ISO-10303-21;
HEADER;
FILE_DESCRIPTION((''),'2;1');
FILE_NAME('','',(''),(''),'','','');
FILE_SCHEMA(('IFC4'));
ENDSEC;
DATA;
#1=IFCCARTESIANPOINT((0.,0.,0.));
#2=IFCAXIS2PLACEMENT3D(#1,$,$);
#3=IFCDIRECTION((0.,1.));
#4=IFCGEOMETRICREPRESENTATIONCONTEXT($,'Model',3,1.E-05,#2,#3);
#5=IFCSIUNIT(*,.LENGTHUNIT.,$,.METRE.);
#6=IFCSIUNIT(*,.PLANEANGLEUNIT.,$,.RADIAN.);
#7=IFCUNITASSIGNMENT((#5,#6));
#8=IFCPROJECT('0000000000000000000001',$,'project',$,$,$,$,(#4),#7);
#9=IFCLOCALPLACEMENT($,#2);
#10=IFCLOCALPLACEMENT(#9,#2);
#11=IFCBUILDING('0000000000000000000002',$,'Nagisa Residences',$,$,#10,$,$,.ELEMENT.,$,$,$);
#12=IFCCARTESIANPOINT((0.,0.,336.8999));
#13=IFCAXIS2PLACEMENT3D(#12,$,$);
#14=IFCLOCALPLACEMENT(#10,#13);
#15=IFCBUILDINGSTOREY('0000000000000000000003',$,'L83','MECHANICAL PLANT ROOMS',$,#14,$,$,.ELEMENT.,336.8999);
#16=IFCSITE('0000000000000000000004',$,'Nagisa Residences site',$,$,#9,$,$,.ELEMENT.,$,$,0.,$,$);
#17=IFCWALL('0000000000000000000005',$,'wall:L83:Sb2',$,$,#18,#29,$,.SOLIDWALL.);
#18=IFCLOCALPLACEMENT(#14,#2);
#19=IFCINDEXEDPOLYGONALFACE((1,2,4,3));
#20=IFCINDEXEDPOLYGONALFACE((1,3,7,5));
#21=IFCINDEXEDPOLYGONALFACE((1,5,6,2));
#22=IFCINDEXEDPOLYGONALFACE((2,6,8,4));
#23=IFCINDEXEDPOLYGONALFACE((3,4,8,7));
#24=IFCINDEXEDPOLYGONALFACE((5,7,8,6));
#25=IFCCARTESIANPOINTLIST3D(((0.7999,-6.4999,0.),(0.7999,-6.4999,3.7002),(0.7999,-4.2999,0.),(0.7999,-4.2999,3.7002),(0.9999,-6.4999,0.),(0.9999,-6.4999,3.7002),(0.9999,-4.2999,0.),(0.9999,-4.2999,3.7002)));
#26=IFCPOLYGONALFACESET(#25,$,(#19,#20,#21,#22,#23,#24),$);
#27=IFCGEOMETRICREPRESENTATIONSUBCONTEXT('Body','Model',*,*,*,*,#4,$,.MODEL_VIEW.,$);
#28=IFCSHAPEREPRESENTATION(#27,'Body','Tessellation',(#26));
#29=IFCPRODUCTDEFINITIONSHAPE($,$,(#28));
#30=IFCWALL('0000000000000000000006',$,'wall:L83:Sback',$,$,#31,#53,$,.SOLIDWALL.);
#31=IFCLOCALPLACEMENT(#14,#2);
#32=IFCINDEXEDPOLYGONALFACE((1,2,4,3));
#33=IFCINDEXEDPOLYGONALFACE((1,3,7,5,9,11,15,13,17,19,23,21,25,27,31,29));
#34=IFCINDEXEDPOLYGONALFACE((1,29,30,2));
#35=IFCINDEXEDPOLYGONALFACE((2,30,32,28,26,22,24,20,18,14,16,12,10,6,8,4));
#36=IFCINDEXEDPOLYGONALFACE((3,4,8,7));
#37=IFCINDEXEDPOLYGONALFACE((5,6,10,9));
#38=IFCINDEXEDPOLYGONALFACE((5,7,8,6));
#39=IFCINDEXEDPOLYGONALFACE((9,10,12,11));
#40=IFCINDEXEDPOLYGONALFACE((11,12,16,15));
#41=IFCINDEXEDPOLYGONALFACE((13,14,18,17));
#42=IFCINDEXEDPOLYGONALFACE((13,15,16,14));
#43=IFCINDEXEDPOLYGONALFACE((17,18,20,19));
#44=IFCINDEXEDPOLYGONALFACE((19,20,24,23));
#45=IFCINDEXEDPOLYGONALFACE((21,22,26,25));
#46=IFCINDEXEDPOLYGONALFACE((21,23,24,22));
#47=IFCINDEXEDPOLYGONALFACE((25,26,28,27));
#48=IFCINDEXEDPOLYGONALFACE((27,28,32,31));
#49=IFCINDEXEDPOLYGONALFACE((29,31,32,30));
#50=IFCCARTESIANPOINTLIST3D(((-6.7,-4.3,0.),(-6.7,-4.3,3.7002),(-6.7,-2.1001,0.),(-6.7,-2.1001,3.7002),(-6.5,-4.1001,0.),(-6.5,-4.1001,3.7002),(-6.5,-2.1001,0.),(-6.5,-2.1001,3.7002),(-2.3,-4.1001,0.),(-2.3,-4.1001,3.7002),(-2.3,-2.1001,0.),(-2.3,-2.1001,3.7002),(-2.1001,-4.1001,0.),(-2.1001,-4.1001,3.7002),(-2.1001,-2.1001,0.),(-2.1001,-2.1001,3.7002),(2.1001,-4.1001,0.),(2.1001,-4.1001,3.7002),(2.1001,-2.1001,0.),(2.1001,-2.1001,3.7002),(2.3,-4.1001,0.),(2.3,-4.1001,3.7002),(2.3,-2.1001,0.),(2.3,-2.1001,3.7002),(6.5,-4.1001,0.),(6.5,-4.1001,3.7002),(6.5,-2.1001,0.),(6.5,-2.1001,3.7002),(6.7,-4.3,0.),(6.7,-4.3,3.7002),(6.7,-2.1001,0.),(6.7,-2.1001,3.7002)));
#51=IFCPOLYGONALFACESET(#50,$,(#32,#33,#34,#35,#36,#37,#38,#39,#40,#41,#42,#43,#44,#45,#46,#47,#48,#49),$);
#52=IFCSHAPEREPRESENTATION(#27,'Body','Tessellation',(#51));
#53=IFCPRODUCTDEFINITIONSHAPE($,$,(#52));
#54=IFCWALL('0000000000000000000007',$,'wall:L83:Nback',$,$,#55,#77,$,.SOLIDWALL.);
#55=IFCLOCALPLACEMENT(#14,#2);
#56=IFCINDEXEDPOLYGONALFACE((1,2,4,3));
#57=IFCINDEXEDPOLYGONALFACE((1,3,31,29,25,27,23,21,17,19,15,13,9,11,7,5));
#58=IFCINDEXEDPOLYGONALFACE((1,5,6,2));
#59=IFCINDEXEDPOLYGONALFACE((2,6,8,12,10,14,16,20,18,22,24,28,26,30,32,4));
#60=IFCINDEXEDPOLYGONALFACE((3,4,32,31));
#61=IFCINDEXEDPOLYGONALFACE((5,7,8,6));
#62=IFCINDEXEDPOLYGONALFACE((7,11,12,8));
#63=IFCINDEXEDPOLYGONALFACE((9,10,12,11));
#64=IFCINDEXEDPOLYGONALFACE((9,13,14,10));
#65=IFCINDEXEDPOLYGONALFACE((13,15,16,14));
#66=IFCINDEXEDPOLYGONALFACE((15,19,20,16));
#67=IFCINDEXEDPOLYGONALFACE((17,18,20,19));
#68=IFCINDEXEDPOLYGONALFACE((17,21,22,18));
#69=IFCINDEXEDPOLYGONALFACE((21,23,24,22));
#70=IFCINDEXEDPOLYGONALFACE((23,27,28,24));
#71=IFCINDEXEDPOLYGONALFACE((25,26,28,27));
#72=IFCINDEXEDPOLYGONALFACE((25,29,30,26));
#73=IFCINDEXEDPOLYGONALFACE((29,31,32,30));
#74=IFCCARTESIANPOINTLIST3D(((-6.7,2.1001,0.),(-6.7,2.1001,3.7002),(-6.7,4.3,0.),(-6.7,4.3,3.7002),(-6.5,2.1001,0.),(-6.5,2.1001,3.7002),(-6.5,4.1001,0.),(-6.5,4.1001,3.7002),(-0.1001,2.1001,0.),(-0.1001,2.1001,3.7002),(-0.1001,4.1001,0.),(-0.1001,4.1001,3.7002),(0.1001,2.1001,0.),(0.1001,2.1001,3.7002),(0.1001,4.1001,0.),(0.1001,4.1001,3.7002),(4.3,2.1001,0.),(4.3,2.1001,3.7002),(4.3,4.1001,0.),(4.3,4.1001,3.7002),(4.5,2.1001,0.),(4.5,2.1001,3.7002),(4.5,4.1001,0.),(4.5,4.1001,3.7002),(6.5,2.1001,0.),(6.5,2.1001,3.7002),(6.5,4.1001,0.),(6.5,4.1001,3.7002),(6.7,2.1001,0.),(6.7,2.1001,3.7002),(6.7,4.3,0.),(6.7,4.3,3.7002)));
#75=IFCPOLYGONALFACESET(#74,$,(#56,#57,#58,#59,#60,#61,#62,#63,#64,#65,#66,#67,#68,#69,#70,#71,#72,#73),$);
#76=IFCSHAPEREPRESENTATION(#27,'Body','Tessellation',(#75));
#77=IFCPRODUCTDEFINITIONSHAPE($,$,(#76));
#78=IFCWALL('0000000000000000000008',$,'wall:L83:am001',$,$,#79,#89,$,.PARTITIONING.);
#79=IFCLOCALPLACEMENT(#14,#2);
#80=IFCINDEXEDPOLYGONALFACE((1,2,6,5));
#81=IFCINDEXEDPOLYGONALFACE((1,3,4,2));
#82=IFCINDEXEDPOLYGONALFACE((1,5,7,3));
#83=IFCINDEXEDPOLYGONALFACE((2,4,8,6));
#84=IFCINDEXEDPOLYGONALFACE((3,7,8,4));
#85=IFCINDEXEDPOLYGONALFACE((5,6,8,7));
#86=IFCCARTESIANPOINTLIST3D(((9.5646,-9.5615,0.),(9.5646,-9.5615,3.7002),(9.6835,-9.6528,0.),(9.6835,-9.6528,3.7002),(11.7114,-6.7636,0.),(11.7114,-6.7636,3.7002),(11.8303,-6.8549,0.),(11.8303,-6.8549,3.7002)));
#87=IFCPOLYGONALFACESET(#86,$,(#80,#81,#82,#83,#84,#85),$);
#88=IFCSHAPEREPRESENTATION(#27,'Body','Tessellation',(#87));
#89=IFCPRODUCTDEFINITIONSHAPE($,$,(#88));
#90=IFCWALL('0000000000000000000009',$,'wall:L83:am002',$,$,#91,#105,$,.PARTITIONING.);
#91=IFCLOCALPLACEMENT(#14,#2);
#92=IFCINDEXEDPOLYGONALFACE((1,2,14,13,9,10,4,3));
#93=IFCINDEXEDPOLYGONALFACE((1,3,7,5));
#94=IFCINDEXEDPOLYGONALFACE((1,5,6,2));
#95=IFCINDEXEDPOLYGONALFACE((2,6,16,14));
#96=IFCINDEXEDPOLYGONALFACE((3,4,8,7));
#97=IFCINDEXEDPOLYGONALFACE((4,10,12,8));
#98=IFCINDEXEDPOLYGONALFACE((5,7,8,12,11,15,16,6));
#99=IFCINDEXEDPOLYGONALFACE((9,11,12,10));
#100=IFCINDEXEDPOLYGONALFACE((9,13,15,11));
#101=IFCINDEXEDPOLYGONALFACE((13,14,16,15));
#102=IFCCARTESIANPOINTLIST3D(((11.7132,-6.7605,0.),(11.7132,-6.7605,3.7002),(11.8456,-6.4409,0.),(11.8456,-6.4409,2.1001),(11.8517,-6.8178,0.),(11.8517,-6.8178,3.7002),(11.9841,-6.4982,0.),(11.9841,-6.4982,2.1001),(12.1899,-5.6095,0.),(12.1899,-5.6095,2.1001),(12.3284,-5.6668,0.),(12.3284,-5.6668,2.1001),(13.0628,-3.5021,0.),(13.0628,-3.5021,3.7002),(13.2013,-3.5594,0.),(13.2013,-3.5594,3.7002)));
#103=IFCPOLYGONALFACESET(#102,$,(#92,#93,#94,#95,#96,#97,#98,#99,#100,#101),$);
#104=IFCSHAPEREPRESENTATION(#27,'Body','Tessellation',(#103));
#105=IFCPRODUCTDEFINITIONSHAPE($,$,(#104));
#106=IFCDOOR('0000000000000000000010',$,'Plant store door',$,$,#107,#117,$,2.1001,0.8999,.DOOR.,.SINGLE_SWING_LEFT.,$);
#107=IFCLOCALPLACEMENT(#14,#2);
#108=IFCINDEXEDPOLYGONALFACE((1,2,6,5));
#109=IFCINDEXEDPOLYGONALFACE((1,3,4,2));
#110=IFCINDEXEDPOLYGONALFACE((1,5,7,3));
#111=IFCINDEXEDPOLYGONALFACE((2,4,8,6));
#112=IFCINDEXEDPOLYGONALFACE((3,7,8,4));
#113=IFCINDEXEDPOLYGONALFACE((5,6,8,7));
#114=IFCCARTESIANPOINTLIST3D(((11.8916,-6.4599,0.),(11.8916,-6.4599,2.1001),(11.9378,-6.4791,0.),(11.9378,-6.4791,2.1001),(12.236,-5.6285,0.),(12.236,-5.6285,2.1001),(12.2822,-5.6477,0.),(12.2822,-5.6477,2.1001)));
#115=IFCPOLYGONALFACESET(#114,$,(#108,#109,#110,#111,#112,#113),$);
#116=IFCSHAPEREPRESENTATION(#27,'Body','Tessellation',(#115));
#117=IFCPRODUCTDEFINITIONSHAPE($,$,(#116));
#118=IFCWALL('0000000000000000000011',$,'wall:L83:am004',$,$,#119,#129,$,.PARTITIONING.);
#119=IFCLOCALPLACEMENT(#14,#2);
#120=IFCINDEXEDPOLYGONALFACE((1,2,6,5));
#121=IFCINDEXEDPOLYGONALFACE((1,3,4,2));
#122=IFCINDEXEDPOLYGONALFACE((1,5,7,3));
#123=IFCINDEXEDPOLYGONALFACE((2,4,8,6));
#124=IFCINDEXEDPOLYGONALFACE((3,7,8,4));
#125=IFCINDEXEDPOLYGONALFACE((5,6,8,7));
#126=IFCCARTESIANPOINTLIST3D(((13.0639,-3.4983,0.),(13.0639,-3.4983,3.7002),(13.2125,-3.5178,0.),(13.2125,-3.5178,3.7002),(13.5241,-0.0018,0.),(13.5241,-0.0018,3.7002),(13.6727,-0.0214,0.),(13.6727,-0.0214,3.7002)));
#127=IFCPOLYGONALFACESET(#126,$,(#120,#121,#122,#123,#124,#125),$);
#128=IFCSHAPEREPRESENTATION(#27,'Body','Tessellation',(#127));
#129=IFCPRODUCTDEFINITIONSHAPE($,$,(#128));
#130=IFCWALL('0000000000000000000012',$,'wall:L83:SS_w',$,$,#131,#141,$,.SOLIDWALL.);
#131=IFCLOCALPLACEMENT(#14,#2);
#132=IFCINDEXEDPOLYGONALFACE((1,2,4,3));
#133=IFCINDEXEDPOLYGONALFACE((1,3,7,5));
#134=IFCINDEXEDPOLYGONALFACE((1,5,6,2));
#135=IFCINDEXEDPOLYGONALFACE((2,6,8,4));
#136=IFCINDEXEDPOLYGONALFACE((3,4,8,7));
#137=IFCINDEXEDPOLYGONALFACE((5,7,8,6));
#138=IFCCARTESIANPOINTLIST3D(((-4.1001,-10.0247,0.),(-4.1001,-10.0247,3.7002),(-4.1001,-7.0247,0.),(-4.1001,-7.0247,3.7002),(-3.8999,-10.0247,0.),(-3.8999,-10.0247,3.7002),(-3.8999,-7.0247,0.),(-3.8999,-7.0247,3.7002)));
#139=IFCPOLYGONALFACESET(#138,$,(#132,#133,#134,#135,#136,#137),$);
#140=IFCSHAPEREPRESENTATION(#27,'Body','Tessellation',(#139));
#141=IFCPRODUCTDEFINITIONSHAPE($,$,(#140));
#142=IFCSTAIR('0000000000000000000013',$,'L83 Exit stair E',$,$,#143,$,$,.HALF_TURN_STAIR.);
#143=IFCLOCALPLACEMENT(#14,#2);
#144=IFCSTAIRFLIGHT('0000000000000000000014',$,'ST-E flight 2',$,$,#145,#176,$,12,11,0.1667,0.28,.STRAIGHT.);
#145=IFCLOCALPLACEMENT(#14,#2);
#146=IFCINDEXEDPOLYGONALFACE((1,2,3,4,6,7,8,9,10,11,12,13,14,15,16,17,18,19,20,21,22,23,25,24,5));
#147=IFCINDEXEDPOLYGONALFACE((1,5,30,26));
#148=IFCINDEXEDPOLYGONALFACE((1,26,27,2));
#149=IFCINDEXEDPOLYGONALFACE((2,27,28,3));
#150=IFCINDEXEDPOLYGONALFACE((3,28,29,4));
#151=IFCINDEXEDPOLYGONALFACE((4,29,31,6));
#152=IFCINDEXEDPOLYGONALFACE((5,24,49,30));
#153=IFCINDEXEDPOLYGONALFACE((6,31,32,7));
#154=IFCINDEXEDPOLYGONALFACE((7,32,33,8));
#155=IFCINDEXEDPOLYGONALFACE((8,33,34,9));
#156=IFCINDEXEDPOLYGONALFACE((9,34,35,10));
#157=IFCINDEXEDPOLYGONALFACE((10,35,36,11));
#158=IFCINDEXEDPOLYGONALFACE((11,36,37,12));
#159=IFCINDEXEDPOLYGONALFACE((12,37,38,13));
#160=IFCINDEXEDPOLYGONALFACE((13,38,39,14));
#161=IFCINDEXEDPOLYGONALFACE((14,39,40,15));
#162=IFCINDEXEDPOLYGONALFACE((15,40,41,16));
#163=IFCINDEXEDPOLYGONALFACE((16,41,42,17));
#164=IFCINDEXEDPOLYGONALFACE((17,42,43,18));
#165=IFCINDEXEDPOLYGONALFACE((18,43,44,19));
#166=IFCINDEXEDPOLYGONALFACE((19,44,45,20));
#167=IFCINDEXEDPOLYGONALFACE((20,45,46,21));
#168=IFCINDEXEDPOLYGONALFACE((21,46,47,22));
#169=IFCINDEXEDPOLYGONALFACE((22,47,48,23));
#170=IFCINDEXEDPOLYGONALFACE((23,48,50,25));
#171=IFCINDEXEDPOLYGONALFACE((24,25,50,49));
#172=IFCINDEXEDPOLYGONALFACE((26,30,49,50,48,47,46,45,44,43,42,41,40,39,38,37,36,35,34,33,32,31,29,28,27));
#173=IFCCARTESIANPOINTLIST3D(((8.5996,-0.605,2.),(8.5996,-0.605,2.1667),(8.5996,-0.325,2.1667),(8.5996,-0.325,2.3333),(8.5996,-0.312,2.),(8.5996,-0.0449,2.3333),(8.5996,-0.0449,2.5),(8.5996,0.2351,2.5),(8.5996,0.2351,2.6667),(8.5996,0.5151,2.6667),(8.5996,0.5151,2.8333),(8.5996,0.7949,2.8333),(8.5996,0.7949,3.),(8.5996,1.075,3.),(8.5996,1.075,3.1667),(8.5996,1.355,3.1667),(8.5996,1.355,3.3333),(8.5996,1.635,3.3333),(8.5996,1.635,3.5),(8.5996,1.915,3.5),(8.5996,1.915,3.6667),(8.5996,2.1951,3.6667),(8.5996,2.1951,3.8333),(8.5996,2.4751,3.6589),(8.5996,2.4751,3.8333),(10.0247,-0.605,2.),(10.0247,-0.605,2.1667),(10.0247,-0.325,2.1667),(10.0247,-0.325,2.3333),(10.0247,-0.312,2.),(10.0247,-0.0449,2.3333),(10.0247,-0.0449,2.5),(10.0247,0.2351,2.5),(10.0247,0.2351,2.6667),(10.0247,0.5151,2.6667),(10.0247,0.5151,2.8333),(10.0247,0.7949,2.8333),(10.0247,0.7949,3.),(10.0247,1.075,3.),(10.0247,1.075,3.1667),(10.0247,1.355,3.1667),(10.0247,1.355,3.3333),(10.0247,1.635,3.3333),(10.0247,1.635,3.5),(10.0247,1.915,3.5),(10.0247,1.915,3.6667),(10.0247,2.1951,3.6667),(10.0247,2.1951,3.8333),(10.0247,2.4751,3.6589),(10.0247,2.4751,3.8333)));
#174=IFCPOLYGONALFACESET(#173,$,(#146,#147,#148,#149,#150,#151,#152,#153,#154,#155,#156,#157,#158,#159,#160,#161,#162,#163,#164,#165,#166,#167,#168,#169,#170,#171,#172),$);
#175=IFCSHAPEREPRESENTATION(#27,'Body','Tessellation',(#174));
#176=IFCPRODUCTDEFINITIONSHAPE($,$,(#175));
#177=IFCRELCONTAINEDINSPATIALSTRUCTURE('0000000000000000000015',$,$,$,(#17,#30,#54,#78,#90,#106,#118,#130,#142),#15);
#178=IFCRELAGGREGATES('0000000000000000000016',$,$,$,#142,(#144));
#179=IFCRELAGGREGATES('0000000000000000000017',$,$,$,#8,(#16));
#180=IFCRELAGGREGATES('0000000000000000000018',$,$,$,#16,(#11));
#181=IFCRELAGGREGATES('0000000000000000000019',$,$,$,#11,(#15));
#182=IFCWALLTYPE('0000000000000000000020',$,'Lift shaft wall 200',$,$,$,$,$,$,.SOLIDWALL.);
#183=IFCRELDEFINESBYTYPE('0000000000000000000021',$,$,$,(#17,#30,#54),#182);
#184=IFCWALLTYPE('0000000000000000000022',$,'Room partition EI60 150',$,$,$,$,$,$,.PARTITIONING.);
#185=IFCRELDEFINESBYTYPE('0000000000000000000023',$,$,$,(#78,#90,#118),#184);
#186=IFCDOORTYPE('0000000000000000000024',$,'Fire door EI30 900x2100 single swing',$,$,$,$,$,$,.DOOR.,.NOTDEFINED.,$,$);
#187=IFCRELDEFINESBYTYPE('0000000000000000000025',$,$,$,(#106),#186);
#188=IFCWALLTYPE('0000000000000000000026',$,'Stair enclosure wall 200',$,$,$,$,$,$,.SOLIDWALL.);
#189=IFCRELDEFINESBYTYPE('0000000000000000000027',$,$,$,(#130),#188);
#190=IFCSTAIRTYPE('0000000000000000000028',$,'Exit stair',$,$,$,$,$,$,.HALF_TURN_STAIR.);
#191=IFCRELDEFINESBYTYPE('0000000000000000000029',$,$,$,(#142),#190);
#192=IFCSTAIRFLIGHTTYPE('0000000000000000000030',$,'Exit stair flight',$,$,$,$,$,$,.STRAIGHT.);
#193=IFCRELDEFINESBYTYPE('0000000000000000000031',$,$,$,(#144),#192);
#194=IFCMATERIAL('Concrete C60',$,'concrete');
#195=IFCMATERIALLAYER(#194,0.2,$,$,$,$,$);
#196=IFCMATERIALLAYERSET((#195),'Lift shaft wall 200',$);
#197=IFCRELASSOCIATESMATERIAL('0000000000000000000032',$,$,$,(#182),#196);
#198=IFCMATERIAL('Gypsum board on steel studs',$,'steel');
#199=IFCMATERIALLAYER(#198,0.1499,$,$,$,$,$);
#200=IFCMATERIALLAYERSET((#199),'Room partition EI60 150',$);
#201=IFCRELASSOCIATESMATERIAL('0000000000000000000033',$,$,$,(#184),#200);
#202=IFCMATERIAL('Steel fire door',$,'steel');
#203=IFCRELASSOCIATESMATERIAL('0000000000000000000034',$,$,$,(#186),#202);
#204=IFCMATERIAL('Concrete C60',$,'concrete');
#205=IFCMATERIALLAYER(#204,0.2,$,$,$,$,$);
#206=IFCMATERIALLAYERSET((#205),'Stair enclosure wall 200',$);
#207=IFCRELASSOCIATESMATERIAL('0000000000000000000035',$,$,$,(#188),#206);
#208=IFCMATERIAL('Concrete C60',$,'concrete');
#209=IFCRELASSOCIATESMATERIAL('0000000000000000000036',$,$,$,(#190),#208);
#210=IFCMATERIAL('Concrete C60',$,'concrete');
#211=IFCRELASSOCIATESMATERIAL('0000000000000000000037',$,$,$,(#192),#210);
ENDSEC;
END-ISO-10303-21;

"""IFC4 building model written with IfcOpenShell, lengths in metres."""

from ifc_helpers import new_model, si_unit, direction, frame, frame_2d, origin, place, context, subcontext, project, spatial, polyline, rectangle, outline, extrude, material, layer, layer_set, type_object, element, fill, aggregate, save


model = new_model("IFC4")

# Units and contexts
model_context = context("Model", 3, precision=1e-05, world=origin(), true_north=direction((0.0, 1.0)))
body_context = subcontext(model_context, "Body", "Model", "MODEL_VIEW")
ifc_project = project(units=[si_unit("LENGTHUNIT", "METRE"), si_unit("PLANEANGLEUNIT", "RADIAN")], contexts=[model_context])

# Site, building, storey
site_placement = place(None, origin())
site = spatial("IfcSite", under=ifc_project, at=site_placement, Name="Nagisa Residences site", CompositionType="ELEMENT", RefElevation=0.0)
building_placement = place(site_placement, origin())
building = spatial("IfcBuilding", under=site, at=building_placement, Name="Nagisa Residences", CompositionType="ELEMENT")
storey_placement = place(building_placement, frame((0.0, 0.0, 336.8999)))
storey = spatial("IfcBuildingStorey", under=building, at=storey_placement, Name="L83", Description="MECHANICAL PLANT ROOMS", CompositionType="ELEMENT", Elevation=336.8999)

# Shared definitions
ifc_material_1 = material(Name="Concrete C60", Category="concrete")
ifc_layer_1 = layer(ifc_material_1, 0.2)
ifc_layer_set_1 = layer_set([ifc_layer_1], Name="Lift shaft wall 200")
wall_type_1 = type_object("IfcWallType", Name="Lift shaft wall 200", PredefinedType="SOLIDWALL", material=ifc_layer_set_1)

# Walls
wall_1_placement = place(storey_placement, frame((0.8999, -6.5, 0.0), z_axis=(0.0, 0.0, 1.0), x_axis=(0.0, 1.0, 0.0)))
element("IfcWall", 1, at=wall_1_placement, inside=storey, type_object=wall_type_1, Name="wall:L83:Sb2", PredefinedType="SOLIDWALL", context=body_context, shape_type="SweptSolid", body=[
    extrude(rectangle(XDim=2.2, YDim=0.2, at=frame_2d((1.1001, 0.0))), origin(), (0.0, 0.0, 1.0), 3.7002),
])
wall_2_placement = place(storey_placement, origin())
element("IfcWall", 2, at=wall_2_placement, inside=storey, type_object=wall_type_1, Name="wall:L83:Sback", PredefinedType="SOLIDWALL", context=body_context, shape_type="SweptSolid", body=[
    extrude(outline(polyline([(-6.7, -2.1001), (-6.5, -2.1001), (-6.5, -4.1001), (-2.3, -4.1001), (-2.3, -2.1001), (-2.1001, -2.1001), (-2.1001, -4.1001), (2.1001, -4.1001), (2.1001, -2.1001), (2.3, -2.1001), (2.3, -4.1001), (6.5, -4.1001), (6.5, -2.1001), (6.7, -2.1001), (6.7, -4.3), (-6.7, -4.3), (-6.7, -2.1001)])), origin(), (0.0, 0.0, 1.0), 3.7002),
])
wall_3_placement = place(storey_placement, origin())
element("IfcWall", 3, at=wall_3_placement, inside=storey, type_object=wall_type_1, Name="wall:L83:Nback", PredefinedType="SOLIDWALL", context=body_context, shape_type="SweptSolid", body=[
    extrude(outline(polyline([(-6.7, 4.3), (6.7, 4.3), (6.7, 2.1001), (6.5, 2.1001), (6.5, 4.1001), (4.5, 4.1001), (4.5, 2.1001), (4.3, 2.1001), (4.3, 4.1001), (0.1001, 4.1001), (0.1001, 2.1001), (-0.1001, 2.1001), (-0.1001, 4.1001), (-6.5, 4.1001), (-6.5, 2.1001), (-6.7, 2.1001), (-6.7, 4.3)])), origin(), (0.0, 0.0, 1.0), 3.7002),
])
ifc_material_2 = material(Name="Gypsum board on steel studs", Category="steel")
ifc_layer_2 = layer(ifc_material_2, 0.1499)
ifc_layer_set_2 = layer_set([ifc_layer_2], Name="Room partition EI60 150")
wall_type_2 = type_object("IfcWallType", Name="Room partition EI60 150", PredefinedType="PARTITIONING", material=ifc_layer_set_2)
wall_4_placement = place(storey_placement, frame((11.7708, -6.8093, 0.0), z_axis=(0.0, 0.0, 1.0), x_axis=(-0.608737, -0.793372, 0.0)))
element("IfcWall", 4, at=wall_4_placement, inside=storey, type_object=wall_type_2, Name="wall:L83:am001", PredefinedType="PARTITIONING", context=body_context, shape_type="SweptSolid", body=[
    extrude(rectangle(XDim=3.5266, YDim=0.1499, at=frame_2d((1.7632, 0.0))), origin(), (0.0, 0.0, 1.0), 3.7002),
])

# Wall, opening, door
wall_5_placement = place(storey_placement, frame((13.1321, -3.5308, 0.0), z_axis=(0.0, 0.0, 1.0), x_axis=(-0.382678, -0.923882, 0.0)))
wall_5 = element("IfcWall", 5, at=wall_5_placement, inside=storey, type_object=wall_type_2, Name="wall:L83:am002", PredefinedType="PARTITIONING", context=body_context, shape_type="SweptSolid", body=[
    extrude(rectangle(XDim=3.5269, YDim=0.1499, at=frame_2d((1.7634, 0.0))), origin(), (0.0, 0.0, 1.0), 3.7002),
])
opening_1_placement = place(wall_5_placement, frame((2.281, 0.0, 0.0)))
opening_1 = element("IfcOpeningElement", 6, at=opening_1_placement, cuts=wall_5, PredefinedType="OPENING", context=body_context, shape_type="SweptSolid", body=[
    extrude(rectangle(XDim=0.8999, YDim=2.1001, at=frame_2d((0.45, 1.05))), frame((0.0, 0.085, 0.0), z_axis=(0.0, -1.0, 0.0), x_axis=(1.0, 0.0, 0.0)), (0.0, 0.0, 1.0), 0.1699),
])
ifc_material_3 = material(Name="Steel fire door", Category="steel")
door_type_1 = type_object("IfcDoorType", Name="Fire door EI30 900x2100 single swing", OperationType="NOTDEFINED", PredefinedType="DOOR", material=ifc_material_3)
door_1_placement = place(opening_1_placement, origin())
door_1 = element("IfcDoor", 7, at=door_1_placement, inside=storey, type_object=door_type_1, Name="Plant store door", OperationType="SINGLE_SWING_LEFT", OverallHeight=2.1001, OverallWidth=0.8999, PredefinedType="DOOR", context=body_context, shape_type="SweptSolid", body=[
    extrude(rectangle(XDim=0.8999, YDim=2.1001, at=frame_2d((0.45, 1.05))), frame((0.0, 0.0249, 0.0), z_axis=(0.0, -1.0, 0.0), x_axis=(1.0, 0.0, 0.0)), (0.0, 0.0, 1.0), 0.05),
])
fill(opening_1, door_1)

# Walls
wall_6_placement = place(storey_placement, frame((13.5984, -0.0117, 0.0), z_axis=(0.0, 0.0, 1.0), x_axis=(-0.130499, -0.991448, 0.0)))
element("IfcWall", 8, at=wall_6_placement, inside=storey, type_object=wall_type_2, Name="wall:L83:am004", PredefinedType="PARTITIONING", context=body_context, shape_type="SweptSolid", body=[
    extrude(rectangle(XDim=3.5266, YDim=0.1499, at=frame_2d((1.7632, 0.0))), origin(), (0.0, 0.0, 1.0), 3.7002),
])
ifc_material_4 = material(Name="Concrete C60", Category="concrete")
ifc_layer_3 = layer(ifc_material_4, 0.2)
ifc_layer_set_3 = layer_set([ifc_layer_3], Name="Stair enclosure wall 200")
wall_type_3 = type_object("IfcWallType", Name="Stair enclosure wall 200", PredefinedType="SOLIDWALL", material=ifc_layer_set_3)
wall_7_placement = place(storey_placement, origin())
element("IfcWall", 9, at=wall_7_placement, inside=storey, type_object=wall_type_3, Name="wall:L83:SS_w", PredefinedType="SOLIDWALL", context=body_context, shape_type="SweptSolid", body=[
    extrude(outline(polyline([(-3.8999, -10.0247), (-4.1001, -10.0247), (-4.1001, -7.0247), (-3.8999, -7.0247), (-3.8999, -10.0247)])), origin(), (0.0, 0.0, 1.0), 3.7002),
])

# Stair, stair flight
ifc_material_5 = material(Name="Concrete C60", Category="concrete")
stair_type = type_object("IfcStairType", Name="Exit stair", PredefinedType="HALF_TURN_STAIR", material=ifc_material_5)
stair_1_placement = place(storey_placement, origin())
stair_1 = element("IfcStair", 10, at=stair_1_placement, inside=storey, type_object=stair_type, Name="L83 Exit stair E", PredefinedType="HALF_TURN_STAIR")
ifc_material_6 = material(Name="Concrete C60", Category="concrete")
stair_flight_type = type_object("IfcStairFlightType", Name="Exit stair flight", PredefinedType="STRAIGHT", material=ifc_material_6)
stair_flight_1_placement = place(storey_placement, frame((9.312, -0.605, 2.0), z_axis=(0.0, 0.0, 1.0), x_axis=(0.0, 1.0, 0.0)))
stair_flight_1 = element("IfcStairFlight", 11, at=stair_flight_1_placement, type_object=stair_flight_type, Name="ST-E flight 2", NumberOfRisers=12, NumberOfTreads=11, PredefinedType="STRAIGHT", RiserHeight=0.1667, TreadLength=0.28, context=body_context, shape_type="SweptSolid", body=[
    extrude(outline(polyline([(0.0, 0.0), (0.0, 0.1667), (0.28, 0.1667), (0.28, 0.3333), (0.5601, 0.3333), (0.5601, 0.5), (0.8401, 0.5), (0.8401, 0.6667), (1.1201, 0.6667), (1.1201, 0.8333), (1.3999, 0.8333), (1.3999, 1.0), (1.6799, 1.0), (1.6799, 1.1667), (1.96, 1.1667), (1.96, 1.3333), (2.24, 1.3333), (2.24, 1.5), (2.52, 1.5), (2.52, 1.6667), (2.8, 1.6667), (2.8, 1.8333), (3.0801, 1.8333), (3.0801, 2.0), (3.0801, 1.6589), (0.293, 0.0), (0.0, 0.0)])), frame((0.0, 0.7124, 0.0), z_axis=(0.0, -1.0, 0.0), x_axis=(1.0, 0.0, 0.0)), (0.0, 0.0, 1.0), 1.425),
])
aggregate(stair_1, [stair_flight_1])

save(model, "model.ifc")
